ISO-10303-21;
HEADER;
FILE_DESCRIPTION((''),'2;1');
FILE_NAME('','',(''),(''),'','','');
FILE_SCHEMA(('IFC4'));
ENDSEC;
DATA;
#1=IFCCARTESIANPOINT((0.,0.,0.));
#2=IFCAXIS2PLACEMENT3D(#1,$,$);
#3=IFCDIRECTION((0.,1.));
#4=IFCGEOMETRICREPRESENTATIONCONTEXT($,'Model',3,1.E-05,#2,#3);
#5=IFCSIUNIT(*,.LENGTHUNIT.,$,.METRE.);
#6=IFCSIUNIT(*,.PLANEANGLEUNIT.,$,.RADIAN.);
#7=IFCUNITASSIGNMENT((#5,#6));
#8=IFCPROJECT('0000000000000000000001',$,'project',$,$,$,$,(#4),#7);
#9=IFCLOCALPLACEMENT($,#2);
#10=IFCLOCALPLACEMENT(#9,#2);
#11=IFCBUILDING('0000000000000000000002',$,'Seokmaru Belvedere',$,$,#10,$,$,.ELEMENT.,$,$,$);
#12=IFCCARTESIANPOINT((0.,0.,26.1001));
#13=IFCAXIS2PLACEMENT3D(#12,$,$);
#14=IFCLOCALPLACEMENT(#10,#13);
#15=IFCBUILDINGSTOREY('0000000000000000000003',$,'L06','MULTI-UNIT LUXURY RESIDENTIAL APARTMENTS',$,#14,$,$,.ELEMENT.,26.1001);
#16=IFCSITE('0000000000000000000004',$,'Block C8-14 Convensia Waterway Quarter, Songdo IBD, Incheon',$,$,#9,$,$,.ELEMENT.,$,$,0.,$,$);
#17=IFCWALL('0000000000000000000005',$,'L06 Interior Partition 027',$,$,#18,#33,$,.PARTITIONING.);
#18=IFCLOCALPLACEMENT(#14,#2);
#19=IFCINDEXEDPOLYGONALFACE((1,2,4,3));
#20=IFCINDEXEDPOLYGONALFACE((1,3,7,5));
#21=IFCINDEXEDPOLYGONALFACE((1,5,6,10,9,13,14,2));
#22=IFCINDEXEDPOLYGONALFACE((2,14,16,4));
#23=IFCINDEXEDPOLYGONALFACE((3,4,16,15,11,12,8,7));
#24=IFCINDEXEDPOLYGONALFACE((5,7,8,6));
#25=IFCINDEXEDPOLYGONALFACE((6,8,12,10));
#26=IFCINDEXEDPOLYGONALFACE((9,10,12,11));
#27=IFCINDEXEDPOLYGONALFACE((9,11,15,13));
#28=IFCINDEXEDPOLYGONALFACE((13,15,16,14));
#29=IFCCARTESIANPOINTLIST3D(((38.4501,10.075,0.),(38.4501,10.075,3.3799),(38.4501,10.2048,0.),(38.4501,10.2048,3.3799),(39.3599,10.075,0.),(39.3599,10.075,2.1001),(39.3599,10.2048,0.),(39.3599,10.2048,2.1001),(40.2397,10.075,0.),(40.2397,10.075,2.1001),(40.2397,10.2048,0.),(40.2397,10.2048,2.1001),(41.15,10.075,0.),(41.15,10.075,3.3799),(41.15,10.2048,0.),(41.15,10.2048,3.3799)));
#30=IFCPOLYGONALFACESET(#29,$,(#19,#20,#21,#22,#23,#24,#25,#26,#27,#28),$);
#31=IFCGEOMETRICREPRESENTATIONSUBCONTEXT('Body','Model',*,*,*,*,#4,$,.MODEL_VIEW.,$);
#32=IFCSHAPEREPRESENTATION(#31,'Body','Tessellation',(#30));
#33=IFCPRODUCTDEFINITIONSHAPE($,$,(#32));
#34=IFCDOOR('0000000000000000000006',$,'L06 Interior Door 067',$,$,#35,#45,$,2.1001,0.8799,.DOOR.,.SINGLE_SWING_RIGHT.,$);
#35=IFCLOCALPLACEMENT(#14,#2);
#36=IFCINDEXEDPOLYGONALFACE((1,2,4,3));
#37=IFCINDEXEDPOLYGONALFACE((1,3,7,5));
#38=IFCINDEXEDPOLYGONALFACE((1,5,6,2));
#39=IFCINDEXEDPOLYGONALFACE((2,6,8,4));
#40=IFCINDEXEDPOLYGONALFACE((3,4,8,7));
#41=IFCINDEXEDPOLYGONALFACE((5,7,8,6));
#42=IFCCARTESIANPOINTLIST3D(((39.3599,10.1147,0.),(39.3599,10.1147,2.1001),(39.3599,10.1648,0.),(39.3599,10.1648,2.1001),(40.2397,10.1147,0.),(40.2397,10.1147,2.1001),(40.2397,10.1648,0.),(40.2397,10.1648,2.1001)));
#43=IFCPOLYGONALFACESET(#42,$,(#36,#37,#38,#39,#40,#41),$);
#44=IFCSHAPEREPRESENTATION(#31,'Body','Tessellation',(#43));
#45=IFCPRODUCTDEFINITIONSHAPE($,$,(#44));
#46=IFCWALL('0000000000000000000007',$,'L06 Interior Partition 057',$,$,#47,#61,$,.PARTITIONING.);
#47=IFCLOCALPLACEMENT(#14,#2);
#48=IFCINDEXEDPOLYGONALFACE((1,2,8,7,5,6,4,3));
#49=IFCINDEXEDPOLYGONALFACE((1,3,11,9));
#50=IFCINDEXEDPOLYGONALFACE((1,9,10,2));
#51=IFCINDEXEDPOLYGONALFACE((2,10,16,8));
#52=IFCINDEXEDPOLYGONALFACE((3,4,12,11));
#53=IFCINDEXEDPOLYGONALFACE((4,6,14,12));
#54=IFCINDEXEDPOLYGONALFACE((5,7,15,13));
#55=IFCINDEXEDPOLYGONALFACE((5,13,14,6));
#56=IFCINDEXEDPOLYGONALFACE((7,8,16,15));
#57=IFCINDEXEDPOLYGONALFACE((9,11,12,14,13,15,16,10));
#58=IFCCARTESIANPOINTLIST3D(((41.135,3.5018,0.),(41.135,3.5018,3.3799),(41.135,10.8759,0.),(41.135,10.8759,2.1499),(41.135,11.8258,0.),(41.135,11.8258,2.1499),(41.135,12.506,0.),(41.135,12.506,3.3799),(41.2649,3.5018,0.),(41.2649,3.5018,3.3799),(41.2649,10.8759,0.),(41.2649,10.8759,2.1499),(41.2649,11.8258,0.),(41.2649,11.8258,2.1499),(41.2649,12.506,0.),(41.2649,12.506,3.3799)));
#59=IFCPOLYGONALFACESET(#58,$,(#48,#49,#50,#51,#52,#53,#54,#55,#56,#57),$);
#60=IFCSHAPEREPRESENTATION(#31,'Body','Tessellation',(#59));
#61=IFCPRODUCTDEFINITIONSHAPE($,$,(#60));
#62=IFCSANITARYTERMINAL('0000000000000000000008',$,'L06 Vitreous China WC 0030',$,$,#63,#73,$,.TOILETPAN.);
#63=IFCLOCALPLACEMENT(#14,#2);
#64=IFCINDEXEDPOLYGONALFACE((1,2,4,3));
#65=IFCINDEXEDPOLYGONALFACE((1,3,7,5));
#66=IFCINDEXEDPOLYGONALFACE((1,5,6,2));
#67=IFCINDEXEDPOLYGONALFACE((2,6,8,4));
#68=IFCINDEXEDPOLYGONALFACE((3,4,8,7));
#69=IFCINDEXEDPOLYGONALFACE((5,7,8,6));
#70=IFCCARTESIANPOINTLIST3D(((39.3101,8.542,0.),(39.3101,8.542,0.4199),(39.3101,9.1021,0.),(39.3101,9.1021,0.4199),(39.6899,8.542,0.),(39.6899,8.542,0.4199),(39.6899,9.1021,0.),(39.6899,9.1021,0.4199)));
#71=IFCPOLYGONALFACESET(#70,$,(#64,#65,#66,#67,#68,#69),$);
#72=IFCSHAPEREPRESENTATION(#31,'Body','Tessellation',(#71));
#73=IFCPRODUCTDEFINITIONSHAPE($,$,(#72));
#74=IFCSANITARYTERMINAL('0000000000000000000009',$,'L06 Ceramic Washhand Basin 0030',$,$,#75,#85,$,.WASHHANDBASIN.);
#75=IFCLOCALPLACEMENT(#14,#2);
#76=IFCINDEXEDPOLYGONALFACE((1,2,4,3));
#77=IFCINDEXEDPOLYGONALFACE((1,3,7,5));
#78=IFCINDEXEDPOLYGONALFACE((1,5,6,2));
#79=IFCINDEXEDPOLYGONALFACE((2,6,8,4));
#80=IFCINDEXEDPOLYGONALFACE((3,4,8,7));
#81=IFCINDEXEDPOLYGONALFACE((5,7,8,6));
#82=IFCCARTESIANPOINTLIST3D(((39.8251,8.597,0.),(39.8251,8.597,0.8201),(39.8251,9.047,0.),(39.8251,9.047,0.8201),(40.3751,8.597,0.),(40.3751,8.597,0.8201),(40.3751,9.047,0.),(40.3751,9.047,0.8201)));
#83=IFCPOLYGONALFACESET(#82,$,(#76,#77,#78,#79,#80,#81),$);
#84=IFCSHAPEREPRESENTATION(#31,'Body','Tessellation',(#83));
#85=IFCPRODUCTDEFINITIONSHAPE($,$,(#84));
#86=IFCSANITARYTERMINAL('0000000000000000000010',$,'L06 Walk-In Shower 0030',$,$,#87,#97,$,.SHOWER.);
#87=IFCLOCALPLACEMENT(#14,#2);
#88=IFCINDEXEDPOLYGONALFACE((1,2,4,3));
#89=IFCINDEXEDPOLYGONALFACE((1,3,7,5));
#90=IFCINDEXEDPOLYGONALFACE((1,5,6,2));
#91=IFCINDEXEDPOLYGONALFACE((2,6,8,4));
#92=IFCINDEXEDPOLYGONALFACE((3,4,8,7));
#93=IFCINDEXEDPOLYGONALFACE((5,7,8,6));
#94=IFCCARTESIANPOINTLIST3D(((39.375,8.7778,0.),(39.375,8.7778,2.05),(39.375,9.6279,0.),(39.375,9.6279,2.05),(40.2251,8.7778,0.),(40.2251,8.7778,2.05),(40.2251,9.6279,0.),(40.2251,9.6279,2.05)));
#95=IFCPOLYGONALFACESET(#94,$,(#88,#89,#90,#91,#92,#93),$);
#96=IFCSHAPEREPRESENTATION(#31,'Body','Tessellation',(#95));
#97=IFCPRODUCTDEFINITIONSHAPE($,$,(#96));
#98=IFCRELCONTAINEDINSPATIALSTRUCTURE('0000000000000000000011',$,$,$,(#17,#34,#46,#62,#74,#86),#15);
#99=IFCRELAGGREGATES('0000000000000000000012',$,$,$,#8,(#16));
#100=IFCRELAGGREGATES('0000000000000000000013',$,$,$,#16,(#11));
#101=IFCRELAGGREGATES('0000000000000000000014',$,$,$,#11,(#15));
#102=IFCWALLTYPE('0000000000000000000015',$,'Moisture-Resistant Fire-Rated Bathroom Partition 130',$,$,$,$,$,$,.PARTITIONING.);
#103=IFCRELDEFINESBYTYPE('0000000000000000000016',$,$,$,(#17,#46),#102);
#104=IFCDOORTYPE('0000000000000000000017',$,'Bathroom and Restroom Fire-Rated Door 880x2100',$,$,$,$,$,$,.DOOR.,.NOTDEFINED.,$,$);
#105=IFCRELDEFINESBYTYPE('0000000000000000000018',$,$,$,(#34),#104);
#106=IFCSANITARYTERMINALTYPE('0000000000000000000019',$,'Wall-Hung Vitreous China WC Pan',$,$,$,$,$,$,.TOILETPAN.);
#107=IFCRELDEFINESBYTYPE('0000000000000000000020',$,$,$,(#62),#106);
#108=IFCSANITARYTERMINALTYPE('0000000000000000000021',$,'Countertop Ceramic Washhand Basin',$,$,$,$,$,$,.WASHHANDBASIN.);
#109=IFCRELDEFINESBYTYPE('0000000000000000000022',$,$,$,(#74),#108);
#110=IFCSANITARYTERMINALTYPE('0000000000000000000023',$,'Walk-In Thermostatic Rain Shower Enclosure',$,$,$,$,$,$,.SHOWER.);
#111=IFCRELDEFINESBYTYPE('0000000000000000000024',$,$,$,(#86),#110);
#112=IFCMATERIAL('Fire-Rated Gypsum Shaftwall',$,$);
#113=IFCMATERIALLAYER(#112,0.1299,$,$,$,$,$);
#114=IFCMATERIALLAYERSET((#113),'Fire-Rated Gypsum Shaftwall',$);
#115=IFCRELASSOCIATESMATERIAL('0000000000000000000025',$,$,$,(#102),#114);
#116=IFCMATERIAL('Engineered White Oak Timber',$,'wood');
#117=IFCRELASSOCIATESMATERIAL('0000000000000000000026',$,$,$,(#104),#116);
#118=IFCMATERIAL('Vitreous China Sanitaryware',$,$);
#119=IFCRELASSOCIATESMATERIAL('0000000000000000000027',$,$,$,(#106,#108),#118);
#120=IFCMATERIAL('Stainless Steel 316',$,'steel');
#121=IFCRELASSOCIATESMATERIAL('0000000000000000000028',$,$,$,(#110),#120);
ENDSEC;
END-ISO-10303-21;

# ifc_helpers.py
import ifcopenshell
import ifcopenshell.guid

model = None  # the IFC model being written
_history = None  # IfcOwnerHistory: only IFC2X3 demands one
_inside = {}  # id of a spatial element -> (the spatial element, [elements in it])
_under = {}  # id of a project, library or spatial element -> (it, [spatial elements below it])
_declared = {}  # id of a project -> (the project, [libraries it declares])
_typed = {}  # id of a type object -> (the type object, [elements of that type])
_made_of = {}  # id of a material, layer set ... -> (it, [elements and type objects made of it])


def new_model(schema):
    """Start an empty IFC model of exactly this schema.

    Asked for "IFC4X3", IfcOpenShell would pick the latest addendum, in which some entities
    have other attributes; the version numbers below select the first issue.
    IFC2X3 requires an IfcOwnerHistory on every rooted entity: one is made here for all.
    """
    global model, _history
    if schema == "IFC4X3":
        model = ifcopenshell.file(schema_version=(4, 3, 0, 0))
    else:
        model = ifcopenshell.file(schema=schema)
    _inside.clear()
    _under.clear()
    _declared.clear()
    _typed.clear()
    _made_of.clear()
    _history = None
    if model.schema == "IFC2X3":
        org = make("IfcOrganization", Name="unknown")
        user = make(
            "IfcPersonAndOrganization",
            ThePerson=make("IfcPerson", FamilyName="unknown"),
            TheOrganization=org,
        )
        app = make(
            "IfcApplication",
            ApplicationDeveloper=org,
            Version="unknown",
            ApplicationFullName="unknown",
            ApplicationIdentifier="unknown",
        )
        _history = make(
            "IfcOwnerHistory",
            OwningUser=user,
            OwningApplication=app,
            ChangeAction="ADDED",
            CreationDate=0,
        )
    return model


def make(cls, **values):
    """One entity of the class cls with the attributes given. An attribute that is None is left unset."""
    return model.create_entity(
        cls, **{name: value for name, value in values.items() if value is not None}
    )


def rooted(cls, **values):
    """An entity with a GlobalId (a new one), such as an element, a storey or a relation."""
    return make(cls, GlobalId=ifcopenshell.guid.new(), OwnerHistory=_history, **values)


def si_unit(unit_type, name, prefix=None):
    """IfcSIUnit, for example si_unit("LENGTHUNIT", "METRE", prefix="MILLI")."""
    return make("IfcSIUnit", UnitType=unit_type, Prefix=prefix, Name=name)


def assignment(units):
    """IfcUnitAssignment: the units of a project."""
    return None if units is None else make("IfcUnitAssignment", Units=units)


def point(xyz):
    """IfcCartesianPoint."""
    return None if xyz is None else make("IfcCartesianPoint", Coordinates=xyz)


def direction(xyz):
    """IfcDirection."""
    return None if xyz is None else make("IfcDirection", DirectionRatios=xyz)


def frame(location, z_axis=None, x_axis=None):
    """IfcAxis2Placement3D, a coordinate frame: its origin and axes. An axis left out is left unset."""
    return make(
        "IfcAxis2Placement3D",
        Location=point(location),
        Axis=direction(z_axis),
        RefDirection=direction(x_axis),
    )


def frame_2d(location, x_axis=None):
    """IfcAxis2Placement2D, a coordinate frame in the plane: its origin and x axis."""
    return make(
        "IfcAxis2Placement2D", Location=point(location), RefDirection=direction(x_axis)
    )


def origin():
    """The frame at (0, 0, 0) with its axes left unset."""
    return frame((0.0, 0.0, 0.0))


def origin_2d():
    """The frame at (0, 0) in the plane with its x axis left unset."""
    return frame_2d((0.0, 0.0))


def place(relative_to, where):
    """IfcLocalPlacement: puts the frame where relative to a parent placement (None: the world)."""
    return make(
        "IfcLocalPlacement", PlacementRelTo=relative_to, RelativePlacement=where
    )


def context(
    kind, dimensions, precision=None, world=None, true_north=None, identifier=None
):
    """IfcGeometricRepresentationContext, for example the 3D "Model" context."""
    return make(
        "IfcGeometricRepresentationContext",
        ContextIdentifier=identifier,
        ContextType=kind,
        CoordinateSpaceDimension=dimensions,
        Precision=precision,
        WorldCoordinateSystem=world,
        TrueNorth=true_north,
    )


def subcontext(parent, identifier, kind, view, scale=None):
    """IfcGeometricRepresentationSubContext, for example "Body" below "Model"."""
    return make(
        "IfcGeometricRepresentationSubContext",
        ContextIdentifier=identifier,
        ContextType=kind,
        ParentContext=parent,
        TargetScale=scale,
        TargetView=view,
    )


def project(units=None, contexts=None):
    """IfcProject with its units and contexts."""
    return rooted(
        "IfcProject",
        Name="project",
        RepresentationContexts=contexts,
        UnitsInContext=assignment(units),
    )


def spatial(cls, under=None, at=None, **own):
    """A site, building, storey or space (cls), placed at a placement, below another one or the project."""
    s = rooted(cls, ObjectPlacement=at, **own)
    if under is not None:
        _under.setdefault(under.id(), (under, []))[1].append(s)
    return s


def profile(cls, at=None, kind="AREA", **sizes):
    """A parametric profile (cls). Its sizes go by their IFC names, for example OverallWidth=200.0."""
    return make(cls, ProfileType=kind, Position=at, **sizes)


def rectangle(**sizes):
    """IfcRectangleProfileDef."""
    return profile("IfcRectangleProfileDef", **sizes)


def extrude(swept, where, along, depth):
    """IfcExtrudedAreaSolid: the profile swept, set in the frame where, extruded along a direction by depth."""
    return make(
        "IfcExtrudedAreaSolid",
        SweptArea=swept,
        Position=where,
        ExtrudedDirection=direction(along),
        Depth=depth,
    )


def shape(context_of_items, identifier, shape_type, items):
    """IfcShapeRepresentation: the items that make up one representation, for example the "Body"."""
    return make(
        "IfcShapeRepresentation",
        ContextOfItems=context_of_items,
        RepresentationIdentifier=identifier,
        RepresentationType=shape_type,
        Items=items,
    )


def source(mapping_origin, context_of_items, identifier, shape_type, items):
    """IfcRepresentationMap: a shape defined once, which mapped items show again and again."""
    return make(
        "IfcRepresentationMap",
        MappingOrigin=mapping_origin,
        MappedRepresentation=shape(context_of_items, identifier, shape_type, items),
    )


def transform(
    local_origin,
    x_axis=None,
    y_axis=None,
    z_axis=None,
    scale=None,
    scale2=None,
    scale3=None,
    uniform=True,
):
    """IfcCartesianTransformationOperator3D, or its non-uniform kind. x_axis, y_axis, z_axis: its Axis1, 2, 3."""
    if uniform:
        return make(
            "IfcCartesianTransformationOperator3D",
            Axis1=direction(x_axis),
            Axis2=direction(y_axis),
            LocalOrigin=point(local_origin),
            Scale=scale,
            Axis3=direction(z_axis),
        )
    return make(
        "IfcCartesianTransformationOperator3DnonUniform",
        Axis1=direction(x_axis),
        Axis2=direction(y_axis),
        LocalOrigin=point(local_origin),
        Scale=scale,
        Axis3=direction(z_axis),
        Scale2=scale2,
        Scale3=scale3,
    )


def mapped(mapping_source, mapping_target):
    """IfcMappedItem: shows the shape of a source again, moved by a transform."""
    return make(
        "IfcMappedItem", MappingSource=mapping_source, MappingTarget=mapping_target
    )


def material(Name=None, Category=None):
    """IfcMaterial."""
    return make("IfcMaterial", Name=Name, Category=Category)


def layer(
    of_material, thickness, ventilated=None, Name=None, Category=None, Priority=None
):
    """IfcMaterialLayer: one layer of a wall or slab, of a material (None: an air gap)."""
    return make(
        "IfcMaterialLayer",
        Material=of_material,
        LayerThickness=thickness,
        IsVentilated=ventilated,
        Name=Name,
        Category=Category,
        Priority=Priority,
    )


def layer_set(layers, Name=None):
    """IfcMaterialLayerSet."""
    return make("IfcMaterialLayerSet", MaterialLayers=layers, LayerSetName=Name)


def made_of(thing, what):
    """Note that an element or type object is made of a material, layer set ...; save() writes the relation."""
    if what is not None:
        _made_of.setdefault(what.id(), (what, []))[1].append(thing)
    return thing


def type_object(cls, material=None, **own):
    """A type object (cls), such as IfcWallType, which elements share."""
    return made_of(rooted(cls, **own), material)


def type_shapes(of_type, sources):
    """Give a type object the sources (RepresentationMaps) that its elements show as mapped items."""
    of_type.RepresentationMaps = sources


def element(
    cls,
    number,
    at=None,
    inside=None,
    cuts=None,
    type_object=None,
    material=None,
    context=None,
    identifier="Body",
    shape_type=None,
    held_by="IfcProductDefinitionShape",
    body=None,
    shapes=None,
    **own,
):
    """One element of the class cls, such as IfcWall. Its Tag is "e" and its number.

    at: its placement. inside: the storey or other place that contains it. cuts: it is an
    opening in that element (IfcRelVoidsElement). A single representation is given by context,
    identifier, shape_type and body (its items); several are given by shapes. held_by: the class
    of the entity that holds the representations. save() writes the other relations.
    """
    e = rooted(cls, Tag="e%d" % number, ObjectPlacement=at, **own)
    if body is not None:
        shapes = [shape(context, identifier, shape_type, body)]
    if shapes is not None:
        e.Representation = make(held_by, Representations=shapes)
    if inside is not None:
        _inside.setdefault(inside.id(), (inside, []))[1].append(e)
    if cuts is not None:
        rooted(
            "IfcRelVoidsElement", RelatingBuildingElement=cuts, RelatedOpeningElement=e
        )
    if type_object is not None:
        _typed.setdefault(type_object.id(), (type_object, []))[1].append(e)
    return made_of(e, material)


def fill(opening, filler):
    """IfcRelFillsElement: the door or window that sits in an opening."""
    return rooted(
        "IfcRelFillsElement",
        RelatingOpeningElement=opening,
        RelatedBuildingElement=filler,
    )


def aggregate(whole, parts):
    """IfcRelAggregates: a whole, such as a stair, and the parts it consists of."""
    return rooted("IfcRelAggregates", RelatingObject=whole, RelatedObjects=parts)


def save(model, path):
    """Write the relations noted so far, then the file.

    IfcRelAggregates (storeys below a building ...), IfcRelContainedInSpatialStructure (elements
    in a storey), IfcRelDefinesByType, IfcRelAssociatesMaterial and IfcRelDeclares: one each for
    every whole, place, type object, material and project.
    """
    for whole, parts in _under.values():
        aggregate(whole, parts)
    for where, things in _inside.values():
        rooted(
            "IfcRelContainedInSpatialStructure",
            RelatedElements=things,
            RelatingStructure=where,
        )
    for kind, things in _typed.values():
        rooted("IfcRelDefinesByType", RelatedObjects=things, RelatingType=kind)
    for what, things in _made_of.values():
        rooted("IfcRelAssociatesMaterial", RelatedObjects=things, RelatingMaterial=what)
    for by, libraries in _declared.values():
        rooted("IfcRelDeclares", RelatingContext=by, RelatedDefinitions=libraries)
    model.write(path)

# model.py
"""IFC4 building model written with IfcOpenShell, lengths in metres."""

from ifc_helpers import new_model, si_unit, direction, frame, frame_2d, origin, origin_2d, place, context, subcontext, project, spatial, rectangle, extrude, source, transform, mapped, material, layer, layer_set, type_object, type_shapes, element, fill, save


model = new_model("IFC4")

# Units and contexts
model_context = context("Model", 3, precision=1e-05, world=origin(), true_north=direction((0.0, 1.0)))
body_context = subcontext(model_context, "Body", "Model", "MODEL_VIEW")
ifc_project = project(units=[si_unit("LENGTHUNIT", "METRE"), si_unit("PLANEANGLEUNIT", "RADIAN")], contexts=[model_context])

# Site, building, storey
site_placement = place(None, origin())
site = spatial("IfcSite", under=ifc_project, at=site_placement, Name="Block C8-14 Convensia Waterway Quarter, Songdo IBD, Incheon", CompositionType="ELEMENT", RefElevation=0.0)
building_placement = place(site_placement, origin())
building = spatial("IfcBuilding", under=site, at=building_placement, Name="Seokmaru Belvedere", CompositionType="ELEMENT")
storey_placement = place(building_placement, frame((0.0, 0.0, 26.1001)))
storey = spatial("IfcBuildingStorey", under=building, at=storey_placement, Name="L06", Description="MULTI-UNIT LUXURY RESIDENTIAL APARTMENTS", CompositionType="ELEMENT", Elevation=26.1001)

# Shared definitions
ifc_material_1 = material(Name="Fire-Rated Gypsum Shaftwall")
ifc_material_2 = material(Name="Engineered White Oak Timber", Category="wood")

# Wall, opening, door
ifc_layer_1 = layer(ifc_material_1, 0.1299)
ifc_layer_set_1 = layer_set([ifc_layer_1], Name="Fire-Rated Gypsum Shaftwall")
wall_type_1 = type_object("IfcWallType", Name="Moisture-Resistant Fire-Rated Bathroom Partition 130", PredefinedType="PARTITIONING", material=ifc_layer_set_1)
door_type_1 = type_object("IfcDoorType", Name="Bathroom and Restroom Fire-Rated Door 880x2100", OperationType="NOTDEFINED", PredefinedType="DOOR", material=ifc_material_2)
shared_shape_1 = source(origin(), body_context, "Body", "SweptSolid", [
    extrude(rectangle(XDim=0.8799, YDim=2.1001, at=frame_2d((0.4399, 1.05))), frame((0.0, 0.0249, 0.0), z_axis=(0.0, -1.0, 0.0), x_axis=(1.0, 0.0, 0.0)), (0.0, 0.0, 1.0), 0.05),
])
type_shapes(door_type_1, [shared_shape_1])
wall_1_placement = place(storey_placement, frame((38.45, 10.1399, 0.0), z_axis=(0.0, 0.0, 1.0), x_axis=(1.0, 0.0, 0.0)))
wall_1 = element("IfcWall", 1, at=wall_1_placement, inside=storey, type_object=wall_type_1, Name="L06 Interior Partition 027", PredefinedType="PARTITIONING", context=body_context, shape_type="SweptSolid", body=[
    extrude(rectangle(XDim=2.7, YDim=0.1299, at=frame_2d((1.3501, 0.0))), origin(), (0.0, 0.0, 1.0), 3.3799),
])
opening_1_placement = place(wall_1_placement, frame((0.9099, 0.0, 0.0)))
opening_1 = element("IfcOpeningElement", 2, at=opening_1_placement, cuts=wall_1, PredefinedType="OPENING", context=body_context, shape_type="SweptSolid", body=[
    extrude(rectangle(XDim=0.8799, YDim=2.1001, at=frame_2d((0.4399, 1.05))), frame((0.0, 0.075, 0.0), z_axis=(0.0, -1.0, 0.0), x_axis=(1.0, 0.0, 0.0)), (0.0, 0.0, 1.0), 0.1499),
])
door_1_placement = place(opening_1_placement, origin())
door_1 = element("IfcDoor", 3, at=door_1_placement, inside=storey, type_object=door_type_1, Name="L06 Interior Door 067", OperationType="SINGLE_SWING_RIGHT", OverallHeight=2.1001, OverallWidth=0.8799, PredefinedType="DOOR", context=body_context, shape_type="MappedRepresentation", body=[
    mapped(shared_shape_1, transform((0.0, 0.0, 0.0), scale=1.0)),
])
fill(opening_1, door_1)

# Wall, opening
wall_2_placement = place(storey_placement, frame((41.2, 3.502, 0.0), z_axis=(0.0, 0.0, 1.0), x_axis=(0.0, 1.0, 0.0)))
wall_2 = element("IfcWall", 4, at=wall_2_placement, inside=storey, type_object=wall_type_1, Name="L06 Interior Partition 057", PredefinedType="PARTITIONING", context=body_context, shape_type="SweptSolid", body=[
    extrude(rectangle(XDim=9.0042, YDim=0.1299, at=frame_2d((4.502, 0.0))), origin(), (0.0, 0.0, 1.0), 3.3799),
])
opening_2_placement = place(wall_2_placement, frame((7.3738, 0.0, 0.0)))
element("IfcOpeningElement", 5, at=opening_2_placement, cuts=wall_2, PredefinedType="OPENING", context=body_context, shape_type="SweptSolid", body=[
    extrude(rectangle(XDim=0.95, YDim=2.1499, at=frame_2d((0.4751, 1.075))), frame((0.0, 0.075, 0.0), z_axis=(0.0, -1.0, 0.0), x_axis=(1.0, 0.0, 0.0)), (0.0, 0.0, 1.0), 0.1499),
])

# Sanitary terminals
ifc_material_3 = material(Name="Vitreous China Sanitaryware")
sanitary_terminal_type_1 = type_object("IfcSanitaryTerminalType", Name="Wall-Hung Vitreous China WC Pan", PredefinedType="TOILETPAN", material=ifc_material_3)
shared_shape_2 = source(origin(), body_context, "Body", "SweptSolid", [
    extrude(rectangle(XDim=0.3799, YDim=0.5601, at=origin_2d()), origin(), (0.0, 0.0, 1.0), 0.4199),
])
type_shapes(sanitary_terminal_type_1, [shared_shape_2])
sanitary_terminal_1_placement = place(storey_placement, frame((39.5, 8.822, 0.0), z_axis=(0.0, 0.0, 1.0), x_axis=(1.0, 0.0, 0.0)))
element("IfcSanitaryTerminal", 6, at=sanitary_terminal_1_placement, inside=storey, type_object=sanitary_terminal_type_1, Name="L06 Vitreous China WC 0030", PredefinedType="TOILETPAN", context=body_context, shape_type="MappedRepresentation", body=[
    mapped(shared_shape_2, transform((0.0, 0.0, 0.0), scale=1.0)),
])
sanitary_terminal_type_2 = type_object("IfcSanitaryTerminalType", Name="Countertop Ceramic Washhand Basin", PredefinedType="WASHHANDBASIN", material=ifc_material_3)
shared_shape_3 = source(origin(), body_context, "Body", "SweptSolid", [
    extrude(rectangle(XDim=0.55, YDim=0.45, at=origin_2d()), origin(), (0.0, 0.0, 1.0), 0.8201),
])
type_shapes(sanitary_terminal_type_2, [shared_shape_3])
sanitary_terminal_2_placement = place(storey_placement, frame((40.1001, 8.822, 0.0), z_axis=(0.0, 0.0, 1.0), x_axis=(1.0, 0.0, 0.0)))
element("IfcSanitaryTerminal", 7, at=sanitary_terminal_2_placement, inside=storey, type_object=sanitary_terminal_type_2, Name="L06 Ceramic Washhand Basin 0030", PredefinedType="WASHHANDBASIN", context=body_context, shape_type="MappedRepresentation", body=[
    mapped(shared_shape_3, transform((0.0, 0.0, 0.0), scale=1.0)),
])
ifc_material_4 = material(Name="Stainless Steel 316", Category="steel")
sanitary_terminal_type_3 = type_object("IfcSanitaryTerminalType", Name="Walk-In Thermostatic Rain Shower Enclosure", PredefinedType="SHOWER", material=ifc_material_4)
shared_shape_4 = source(origin(), body_context, "Body", "SweptSolid", [
    extrude(rectangle(XDim=0.8501, YDim=0.8501, at=origin_2d()), origin(), (0.0, 0.0, 1.0), 2.05),
])
type_shapes(sanitary_terminal_type_3, [shared_shape_4])
sanitary_terminal_3_placement = place(storey_placement, frame((39.8, 9.2029, 0.0), z_axis=(0.0, 0.0, 1.0), x_axis=(1.0, 0.0, 0.0)))
element("IfcSanitaryTerminal", 8, at=sanitary_terminal_3_placement, inside=storey, type_object=sanitary_terminal_type_3, Name="L06 Walk-In Shower 0030", PredefinedType="SHOWER", context=body_context, shape_type="MappedRepresentation", body=[
    mapped(shared_shape_4, transform((0.0, 0.0, 0.0), scale=1.0)),
])

save(model, "model.ifc")
